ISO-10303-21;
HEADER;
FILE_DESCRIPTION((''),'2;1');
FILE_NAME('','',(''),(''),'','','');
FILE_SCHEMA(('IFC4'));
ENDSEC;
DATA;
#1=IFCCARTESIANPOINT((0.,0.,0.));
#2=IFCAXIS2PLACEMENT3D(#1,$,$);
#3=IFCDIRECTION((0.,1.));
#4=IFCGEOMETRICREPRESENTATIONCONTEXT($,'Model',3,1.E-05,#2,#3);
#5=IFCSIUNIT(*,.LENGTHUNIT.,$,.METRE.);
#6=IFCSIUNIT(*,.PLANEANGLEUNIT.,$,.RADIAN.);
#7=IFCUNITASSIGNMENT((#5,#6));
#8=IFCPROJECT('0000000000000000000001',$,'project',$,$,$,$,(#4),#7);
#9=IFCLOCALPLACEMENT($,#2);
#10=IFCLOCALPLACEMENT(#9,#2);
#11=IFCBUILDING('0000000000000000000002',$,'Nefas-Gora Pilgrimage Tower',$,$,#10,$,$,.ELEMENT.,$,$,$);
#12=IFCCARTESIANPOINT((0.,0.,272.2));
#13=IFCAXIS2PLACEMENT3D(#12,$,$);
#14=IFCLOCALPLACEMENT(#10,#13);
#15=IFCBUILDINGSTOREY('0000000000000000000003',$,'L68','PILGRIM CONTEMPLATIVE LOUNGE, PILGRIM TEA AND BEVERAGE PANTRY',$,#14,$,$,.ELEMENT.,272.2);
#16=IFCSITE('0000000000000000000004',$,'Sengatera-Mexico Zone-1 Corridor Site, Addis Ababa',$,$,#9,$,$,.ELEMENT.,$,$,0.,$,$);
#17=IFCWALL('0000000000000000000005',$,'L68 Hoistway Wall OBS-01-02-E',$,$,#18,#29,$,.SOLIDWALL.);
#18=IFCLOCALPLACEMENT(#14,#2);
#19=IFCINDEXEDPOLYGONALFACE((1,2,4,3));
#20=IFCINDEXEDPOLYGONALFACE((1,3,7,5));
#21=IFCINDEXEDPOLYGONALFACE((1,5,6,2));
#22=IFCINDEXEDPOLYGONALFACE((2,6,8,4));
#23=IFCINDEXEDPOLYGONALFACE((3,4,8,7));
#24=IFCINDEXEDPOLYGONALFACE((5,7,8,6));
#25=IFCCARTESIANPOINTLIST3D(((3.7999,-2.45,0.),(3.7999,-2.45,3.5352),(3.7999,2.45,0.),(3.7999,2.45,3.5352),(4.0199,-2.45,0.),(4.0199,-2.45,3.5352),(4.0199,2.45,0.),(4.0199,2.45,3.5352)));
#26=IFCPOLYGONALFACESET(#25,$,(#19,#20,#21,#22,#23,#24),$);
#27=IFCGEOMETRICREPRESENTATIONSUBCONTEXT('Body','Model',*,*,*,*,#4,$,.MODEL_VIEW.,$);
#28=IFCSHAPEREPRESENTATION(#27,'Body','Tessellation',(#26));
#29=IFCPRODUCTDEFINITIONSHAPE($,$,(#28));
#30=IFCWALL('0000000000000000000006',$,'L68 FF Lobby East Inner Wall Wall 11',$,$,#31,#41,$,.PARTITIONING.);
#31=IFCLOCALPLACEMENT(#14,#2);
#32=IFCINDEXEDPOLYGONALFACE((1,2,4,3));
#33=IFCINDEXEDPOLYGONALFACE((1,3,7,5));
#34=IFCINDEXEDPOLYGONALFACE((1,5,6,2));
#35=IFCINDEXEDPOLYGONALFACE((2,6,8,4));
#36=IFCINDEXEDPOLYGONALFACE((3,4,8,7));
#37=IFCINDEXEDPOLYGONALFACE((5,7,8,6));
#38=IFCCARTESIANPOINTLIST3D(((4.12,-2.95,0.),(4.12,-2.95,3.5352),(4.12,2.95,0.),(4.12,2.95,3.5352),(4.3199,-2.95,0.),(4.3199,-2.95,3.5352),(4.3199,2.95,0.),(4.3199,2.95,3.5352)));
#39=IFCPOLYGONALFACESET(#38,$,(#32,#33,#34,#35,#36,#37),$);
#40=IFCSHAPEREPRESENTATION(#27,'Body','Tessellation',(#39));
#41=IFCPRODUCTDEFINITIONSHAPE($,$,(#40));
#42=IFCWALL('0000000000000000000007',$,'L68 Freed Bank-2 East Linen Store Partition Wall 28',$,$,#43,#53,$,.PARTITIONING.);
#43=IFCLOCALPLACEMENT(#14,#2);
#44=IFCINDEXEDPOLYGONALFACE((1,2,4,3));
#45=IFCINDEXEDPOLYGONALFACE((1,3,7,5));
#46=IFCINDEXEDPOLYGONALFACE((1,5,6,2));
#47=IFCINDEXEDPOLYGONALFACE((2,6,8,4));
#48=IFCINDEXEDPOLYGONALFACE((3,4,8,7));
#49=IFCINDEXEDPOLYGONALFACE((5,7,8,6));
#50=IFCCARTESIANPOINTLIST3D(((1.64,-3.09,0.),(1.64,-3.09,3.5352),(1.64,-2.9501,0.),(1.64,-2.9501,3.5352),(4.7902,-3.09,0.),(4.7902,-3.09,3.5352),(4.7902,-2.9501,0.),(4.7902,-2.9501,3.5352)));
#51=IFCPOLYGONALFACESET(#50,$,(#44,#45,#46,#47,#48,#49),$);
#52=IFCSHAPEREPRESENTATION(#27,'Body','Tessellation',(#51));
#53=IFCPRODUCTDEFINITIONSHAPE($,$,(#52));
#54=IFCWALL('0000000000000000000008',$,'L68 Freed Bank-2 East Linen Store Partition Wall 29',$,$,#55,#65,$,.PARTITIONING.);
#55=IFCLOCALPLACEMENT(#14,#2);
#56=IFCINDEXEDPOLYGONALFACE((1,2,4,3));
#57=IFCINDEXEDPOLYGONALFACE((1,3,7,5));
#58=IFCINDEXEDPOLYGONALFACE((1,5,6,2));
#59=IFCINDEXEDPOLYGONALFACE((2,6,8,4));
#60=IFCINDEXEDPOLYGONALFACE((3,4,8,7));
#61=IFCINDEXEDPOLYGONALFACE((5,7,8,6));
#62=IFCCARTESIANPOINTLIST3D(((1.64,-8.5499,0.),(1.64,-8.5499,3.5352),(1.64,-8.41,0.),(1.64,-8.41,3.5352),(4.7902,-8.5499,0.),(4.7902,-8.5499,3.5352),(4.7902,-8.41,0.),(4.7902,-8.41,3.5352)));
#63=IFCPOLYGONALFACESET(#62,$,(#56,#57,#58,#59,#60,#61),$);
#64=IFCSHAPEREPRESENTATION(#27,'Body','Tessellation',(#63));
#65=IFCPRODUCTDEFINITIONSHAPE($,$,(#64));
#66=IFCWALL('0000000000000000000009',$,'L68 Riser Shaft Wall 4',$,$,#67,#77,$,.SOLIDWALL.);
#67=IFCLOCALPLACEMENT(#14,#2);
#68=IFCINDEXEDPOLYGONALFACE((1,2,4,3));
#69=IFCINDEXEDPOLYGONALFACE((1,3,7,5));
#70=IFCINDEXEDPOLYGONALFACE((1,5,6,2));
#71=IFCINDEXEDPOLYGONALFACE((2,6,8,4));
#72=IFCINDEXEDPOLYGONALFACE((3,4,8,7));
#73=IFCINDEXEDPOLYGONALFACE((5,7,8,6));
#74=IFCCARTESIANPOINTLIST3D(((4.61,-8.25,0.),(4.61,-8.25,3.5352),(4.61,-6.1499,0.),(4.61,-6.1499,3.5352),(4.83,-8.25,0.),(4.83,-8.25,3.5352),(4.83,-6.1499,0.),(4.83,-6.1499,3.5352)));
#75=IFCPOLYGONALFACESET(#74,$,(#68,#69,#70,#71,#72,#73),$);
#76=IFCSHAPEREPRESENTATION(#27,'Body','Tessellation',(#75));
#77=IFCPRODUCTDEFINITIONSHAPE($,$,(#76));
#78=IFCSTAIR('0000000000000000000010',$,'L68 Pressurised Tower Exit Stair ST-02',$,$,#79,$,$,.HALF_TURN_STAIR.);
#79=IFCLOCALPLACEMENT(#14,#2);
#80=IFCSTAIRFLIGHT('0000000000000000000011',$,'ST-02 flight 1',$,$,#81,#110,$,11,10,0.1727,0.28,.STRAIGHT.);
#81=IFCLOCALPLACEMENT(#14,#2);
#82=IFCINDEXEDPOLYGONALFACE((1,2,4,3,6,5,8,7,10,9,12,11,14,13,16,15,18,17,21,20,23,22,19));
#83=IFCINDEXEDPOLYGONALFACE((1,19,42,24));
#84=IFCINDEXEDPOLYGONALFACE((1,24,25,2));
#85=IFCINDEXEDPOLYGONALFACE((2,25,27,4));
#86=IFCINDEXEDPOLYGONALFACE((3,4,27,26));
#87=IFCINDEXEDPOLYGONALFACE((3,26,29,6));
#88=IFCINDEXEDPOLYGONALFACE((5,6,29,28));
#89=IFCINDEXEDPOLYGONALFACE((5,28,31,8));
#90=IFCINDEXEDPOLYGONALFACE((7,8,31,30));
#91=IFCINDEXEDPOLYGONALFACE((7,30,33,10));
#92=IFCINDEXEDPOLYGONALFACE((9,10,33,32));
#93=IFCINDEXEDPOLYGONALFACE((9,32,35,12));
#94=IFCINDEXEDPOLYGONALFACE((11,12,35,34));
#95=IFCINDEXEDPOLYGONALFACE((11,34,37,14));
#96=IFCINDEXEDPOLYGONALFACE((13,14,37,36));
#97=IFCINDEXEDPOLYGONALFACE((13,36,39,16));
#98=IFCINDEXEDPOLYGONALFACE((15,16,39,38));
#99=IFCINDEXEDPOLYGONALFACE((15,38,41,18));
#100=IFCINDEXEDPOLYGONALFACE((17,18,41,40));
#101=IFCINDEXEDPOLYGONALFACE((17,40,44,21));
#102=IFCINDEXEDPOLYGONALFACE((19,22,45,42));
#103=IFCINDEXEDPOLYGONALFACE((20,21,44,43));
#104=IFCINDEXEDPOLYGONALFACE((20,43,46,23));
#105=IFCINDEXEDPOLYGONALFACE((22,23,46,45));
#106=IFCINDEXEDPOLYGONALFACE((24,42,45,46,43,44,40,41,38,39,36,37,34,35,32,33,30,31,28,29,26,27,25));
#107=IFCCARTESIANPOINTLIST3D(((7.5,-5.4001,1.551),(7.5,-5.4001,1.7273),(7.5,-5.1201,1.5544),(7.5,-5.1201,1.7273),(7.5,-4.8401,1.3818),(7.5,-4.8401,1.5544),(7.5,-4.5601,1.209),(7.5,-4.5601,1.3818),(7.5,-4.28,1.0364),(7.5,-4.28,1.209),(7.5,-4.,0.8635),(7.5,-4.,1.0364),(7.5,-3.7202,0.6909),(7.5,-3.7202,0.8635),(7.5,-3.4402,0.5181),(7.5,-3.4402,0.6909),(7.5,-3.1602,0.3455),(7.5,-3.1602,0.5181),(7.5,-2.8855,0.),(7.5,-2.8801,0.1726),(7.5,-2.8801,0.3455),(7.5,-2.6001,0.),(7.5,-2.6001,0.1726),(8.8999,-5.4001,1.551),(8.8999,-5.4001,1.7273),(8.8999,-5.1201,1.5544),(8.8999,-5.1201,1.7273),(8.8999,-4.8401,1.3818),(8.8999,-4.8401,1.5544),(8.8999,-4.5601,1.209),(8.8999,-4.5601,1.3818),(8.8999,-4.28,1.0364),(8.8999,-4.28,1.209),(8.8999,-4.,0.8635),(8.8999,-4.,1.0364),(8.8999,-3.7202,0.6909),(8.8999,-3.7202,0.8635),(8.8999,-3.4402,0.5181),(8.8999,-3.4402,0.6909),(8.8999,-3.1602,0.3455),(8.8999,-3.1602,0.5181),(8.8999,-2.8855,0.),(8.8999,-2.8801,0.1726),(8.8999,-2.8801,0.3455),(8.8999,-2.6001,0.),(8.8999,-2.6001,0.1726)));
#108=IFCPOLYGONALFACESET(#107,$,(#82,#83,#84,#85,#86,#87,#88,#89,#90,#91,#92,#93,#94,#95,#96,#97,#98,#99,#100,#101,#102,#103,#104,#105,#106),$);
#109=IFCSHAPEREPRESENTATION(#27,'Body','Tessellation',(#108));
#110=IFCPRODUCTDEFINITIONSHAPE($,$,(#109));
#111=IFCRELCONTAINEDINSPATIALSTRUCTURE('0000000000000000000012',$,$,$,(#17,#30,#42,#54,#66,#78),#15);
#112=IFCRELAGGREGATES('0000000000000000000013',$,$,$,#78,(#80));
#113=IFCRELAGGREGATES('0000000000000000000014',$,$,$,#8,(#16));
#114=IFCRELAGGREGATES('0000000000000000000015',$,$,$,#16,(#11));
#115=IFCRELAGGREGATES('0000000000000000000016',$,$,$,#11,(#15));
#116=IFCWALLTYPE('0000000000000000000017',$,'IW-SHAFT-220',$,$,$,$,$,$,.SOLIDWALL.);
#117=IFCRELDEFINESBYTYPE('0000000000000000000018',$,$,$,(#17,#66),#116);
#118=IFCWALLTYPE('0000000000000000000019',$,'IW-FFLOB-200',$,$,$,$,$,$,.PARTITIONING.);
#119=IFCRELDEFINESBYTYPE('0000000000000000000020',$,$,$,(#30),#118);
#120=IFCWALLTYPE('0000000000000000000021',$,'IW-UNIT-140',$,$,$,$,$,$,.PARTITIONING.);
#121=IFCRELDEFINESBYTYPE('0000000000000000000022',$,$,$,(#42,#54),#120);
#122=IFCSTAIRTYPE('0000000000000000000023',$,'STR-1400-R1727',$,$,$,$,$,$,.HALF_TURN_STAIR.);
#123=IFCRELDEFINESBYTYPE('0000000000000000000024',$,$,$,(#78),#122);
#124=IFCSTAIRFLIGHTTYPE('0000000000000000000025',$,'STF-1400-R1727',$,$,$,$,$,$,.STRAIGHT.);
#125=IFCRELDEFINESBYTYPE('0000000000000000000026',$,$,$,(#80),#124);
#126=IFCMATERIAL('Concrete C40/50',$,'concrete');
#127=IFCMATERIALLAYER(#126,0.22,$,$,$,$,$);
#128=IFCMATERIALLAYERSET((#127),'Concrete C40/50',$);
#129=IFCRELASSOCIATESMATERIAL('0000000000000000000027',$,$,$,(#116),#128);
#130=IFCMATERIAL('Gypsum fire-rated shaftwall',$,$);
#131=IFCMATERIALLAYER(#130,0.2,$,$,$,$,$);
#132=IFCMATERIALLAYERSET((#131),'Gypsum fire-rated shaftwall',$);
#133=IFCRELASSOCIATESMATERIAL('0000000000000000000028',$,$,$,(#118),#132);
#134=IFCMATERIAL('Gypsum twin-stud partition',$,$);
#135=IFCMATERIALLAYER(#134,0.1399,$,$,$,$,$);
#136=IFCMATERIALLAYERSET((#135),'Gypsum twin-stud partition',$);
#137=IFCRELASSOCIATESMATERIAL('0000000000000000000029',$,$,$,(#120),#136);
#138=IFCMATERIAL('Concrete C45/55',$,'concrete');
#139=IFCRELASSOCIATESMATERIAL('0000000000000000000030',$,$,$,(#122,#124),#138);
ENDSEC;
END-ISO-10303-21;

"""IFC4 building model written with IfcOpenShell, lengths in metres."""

from ifc_helpers import new_model, si_unit, direction, frame, frame_2d, origin, place, context, subcontext, project, spatial, polyline, rectangle, outline, extrude, source, transform, mapped, material, layer, layer_set, type_object, element, aggregate, save


model = new_model("IFC4")

# Units and contexts
model_context = context("Model", 3, precision=1e-05, world=origin(), true_north=direction((0.0, 1.0)))
body_context = subcontext(model_context, "Body", "Model", "MODEL_VIEW")
ifc_project = project(units=[si_unit("LENGTHUNIT", "METRE"), si_unit("PLANEANGLEUNIT", "RADIAN")], contexts=[model_context])

# Site, building, storey
site_placement = place(None, origin())
site = spatial("IfcSite", under=ifc_project, at=site_placement, Name="Sengatera-Mexico Zone-1 Corridor Site, Addis Ababa", CompositionType="ELEMENT", RefElevation=0.0)
building_placement = place(site_placement, origin())
building = spatial("IfcBuilding", under=site, at=building_placement, Name="Nefas-Gora Pilgrimage Tower", CompositionType="ELEMENT")
storey_placement = place(building_placement, frame((0.0, 0.0, 272.2)))
storey = spatial("IfcBuildingStorey", under=building, at=storey_placement, Name="L68", Description="PILGRIM CONTEMPLATIVE LOUNGE, PILGRIM TEA AND BEVERAGE PANTRY", CompositionType="ELEMENT", Elevation=272.2)

# Shared definitions
ifc_material_1 = material(Name="Concrete C40/50", Category="concrete")

# Shared definitions
ifc_material_2 = material(Name="Concrete C45/55", Category="concrete")

# Shared definitions
ifc_layer_1 = layer(ifc_material_1, 0.22)
ifc_layer_set_1 = layer_set([ifc_layer_1], Name="Concrete C40/50")
wall_type_1 = type_object("IfcWallType", Name="IW-SHAFT-220", PredefinedType="SOLIDWALL", material=ifc_layer_set_1)

# Walls
shared_shape_1 = source(origin(), body_context, "Body", "SweptSolid", [
    extrude(rectangle(XDim=4.8999, YDim=0.22, at=frame_2d((2.45, 0.0))), origin(), (0.0, 0.0, 1.0), 3.5352),
])
wall_1_placement = place(storey_placement, frame((3.9099, -2.45, 0.0), z_axis=(0.0, 0.0, 1.0), x_axis=(0.0, 1.0, 0.0)))
element("IfcWall", 1, at=wall_1_placement, inside=storey, type_object=wall_type_1, Name="L68 Hoistway Wall OBS-01-02-E", PredefinedType="SOLIDWALL", context=body_context, shape_type="MappedRepresentation", body=[
    mapped(shared_shape_1, transform((0.0, 0.0, 0.0), x_axis=(1.0, 0.0, 0.0), y_axis=(0.0, 1.0, 0.0), z_axis=(0.0, 0.0, 1.0), scale=1.0)),
])
ifc_material_3 = material(Name="Gypsum fire-rated shaftwall")
ifc_layer_2 = layer(ifc_material_3, 0.2)
ifc_layer_set_2 = layer_set([ifc_layer_2], Name="Gypsum fire-rated shaftwall")
wall_type_2 = type_object("IfcWallType", Name="IW-FFLOB-200", PredefinedType="PARTITIONING", material=ifc_layer_set_2)
shared_shape_2 = source(origin(), body_context, "Body", "SweptSolid", [
    extrude(rectangle(XDim=5.8999, YDim=0.2, at=frame_2d((2.95, 0.0))), origin(), (0.0, 0.0, 1.0), 3.5352),
])
wall_2_placement = place(storey_placement, frame((4.22, -2.95, 0.0), z_axis=(0.0, 0.0, 1.0), x_axis=(0.0, 1.0, 0.0)))
element("IfcWall", 2, at=wall_2_placement, inside=storey, type_object=wall_type_2, Name="L68 FF Lobby East Inner Wall Wall 11", PredefinedType="PARTITIONING", context=body_context, shape_type="MappedRepresentation", body=[
    mapped(shared_shape_2, transform((0.0, 0.0, 0.0), x_axis=(1.0, 0.0, 0.0), y_axis=(0.0, 1.0, 0.0), z_axis=(0.0, 0.0, 1.0), scale=1.0)),
])
ifc_material_4 = material(Name="Gypsum twin-stud partition")
ifc_layer_3 = layer(ifc_material_4, 0.1399)
ifc_layer_set_3 = layer_set([ifc_layer_3], Name="Gypsum twin-stud partition")
wall_type_3 = type_object("IfcWallType", Name="IW-UNIT-140", PredefinedType="PARTITIONING", material=ifc_layer_set_3)
shared_shape_3 = source(origin(), body_context, "Body", "SweptSolid", [
    extrude(rectangle(XDim=3.1501, YDim=0.1399, at=frame_2d((1.5752, 0.0))), origin(), (0.0, 0.0, 1.0), 3.5352),
])
for number, where, z_axis, x_axis, name in (
    (3, (1.6399, -3.02, 0.0), (0.0, 0.0, 1.0), (1.0, 0.0, 0.0), "L68 Freed Bank-2 East Linen Store Partition Wall 28"),
    (4, (1.6399, -8.48, 0.0), (0.0, 0.0, 1.0), (1.0, 0.0, 0.0), "L68 Freed Bank-2 East Linen Store Partition Wall 29"),
):
    element("IfcWall", number, at=place(storey_placement, frame(where, z_axis=z_axis, x_axis=x_axis)), inside=storey, type_object=wall_type_3, Name=name, PredefinedType="PARTITIONING", context=body_context, shape_type="MappedRepresentation", body=[
        mapped(shared_shape_3, transform((0.0, 0.0, 0.0), x_axis=(1.0, 0.0, 0.0), y_axis=(0.0, 1.0, 0.0), z_axis=(0.0, 0.0, 1.0), scale=1.0)),
    ])
shared_shape_4 = source(origin(), body_context, "Body", "SweptSolid", [
    extrude(rectangle(XDim=2.1001, YDim=0.22, at=frame_2d((1.05, 0.0))), origin(), (0.0, 0.0, 1.0), 3.5352),
])
wall_3_placement = place(storey_placement, frame((4.72, -8.25, 0.0), z_axis=(0.0, 0.0, 1.0), x_axis=(0.0, 1.0, 0.0)))
element("IfcWall", 5, at=wall_3_placement, inside=storey, type_object=wall_type_1, Name="L68 Riser Shaft Wall 4", PredefinedType="SOLIDWALL", context=body_context, shape_type="MappedRepresentation", body=[
    mapped(shared_shape_4, transform((0.0, 0.0, 0.0), x_axis=(1.0, 0.0, 0.0), y_axis=(0.0, 1.0, 0.0), z_axis=(0.0, 0.0, 1.0), scale=1.0)),
])

# Stair, stair flight
stair_type = type_object("IfcStairType", Name="STR-1400-R1727", PredefinedType="HALF_TURN_STAIR", material=ifc_material_2)
stair_placement = place(storey_placement, origin())
stair = element("IfcStair", 6, at=stair_placement, inside=storey, type_object=stair_type, Name="L68 Pressurised Tower Exit Stair ST-02", PredefinedType="HALF_TURN_STAIR")
stair_flight_type = type_object("IfcStairFlightType", Name="STF-1400-R1727", PredefinedType="STRAIGHT", material=ifc_material_2)
shared_shape_5 = source(origin(), body_context, "Body", "SweptSolid", [
    extrude(outline(polyline([(0.0, 0.0), (0.0, 0.1726), (0.28, 0.1726), (0.28, 0.3455), (0.5601, 0.3455), (0.5601, 0.5181), (0.8401, 0.5181), (0.8401, 0.6909), (1.1201, 0.6909), (1.1201, 0.8635), (1.3999, 0.8635), (1.3999, 1.0364), (1.6799, 1.0364), (1.6799, 1.209), (1.96, 1.209), (1.96, 1.3818), (2.24, 1.3818), (2.24, 1.5544), (2.52, 1.5544), (2.52, 1.7273), (2.8, 1.7273), (2.8, 1.8999), (2.8, 1.551), (0.2854, 0.0), (0.0, 0.0)])), frame((0.0, 0.7, 0.0), z_axis=(0.0, -1.0, 0.0), x_axis=(1.0, 0.0, 0.0)), (0.0, 0.0, 1.0), 1.3999),
])
stair_flight_placement = place(storey_placement, frame((8.2, -2.6001, 0.0), z_axis=(0.0, 0.0, 1.0), x_axis=(0.0, -1.0, 0.0)))
stair_flight = element("IfcStairFlight", 7, at=stair_flight_placement, type_object=stair_flight_type, Name="ST-02 flight 1", NumberOfRisers=11, NumberOfTreads=10, PredefinedType="STRAIGHT", RiserHeight=0.1727, TreadLength=0.28, context=body_context, shape_type="MappedRepresentation", body=[
    mapped(shared_shape_5, transform((0.0, 0.0, 0.0), x_axis=(1.0, 0.0, 0.0), y_axis=(0.0, 1.0, 0.0), z_axis=(0.0, 0.0, 1.0), scale=1.0)),
])
aggregate(stair, [stair_flight])

save(model, "model.ifc")
